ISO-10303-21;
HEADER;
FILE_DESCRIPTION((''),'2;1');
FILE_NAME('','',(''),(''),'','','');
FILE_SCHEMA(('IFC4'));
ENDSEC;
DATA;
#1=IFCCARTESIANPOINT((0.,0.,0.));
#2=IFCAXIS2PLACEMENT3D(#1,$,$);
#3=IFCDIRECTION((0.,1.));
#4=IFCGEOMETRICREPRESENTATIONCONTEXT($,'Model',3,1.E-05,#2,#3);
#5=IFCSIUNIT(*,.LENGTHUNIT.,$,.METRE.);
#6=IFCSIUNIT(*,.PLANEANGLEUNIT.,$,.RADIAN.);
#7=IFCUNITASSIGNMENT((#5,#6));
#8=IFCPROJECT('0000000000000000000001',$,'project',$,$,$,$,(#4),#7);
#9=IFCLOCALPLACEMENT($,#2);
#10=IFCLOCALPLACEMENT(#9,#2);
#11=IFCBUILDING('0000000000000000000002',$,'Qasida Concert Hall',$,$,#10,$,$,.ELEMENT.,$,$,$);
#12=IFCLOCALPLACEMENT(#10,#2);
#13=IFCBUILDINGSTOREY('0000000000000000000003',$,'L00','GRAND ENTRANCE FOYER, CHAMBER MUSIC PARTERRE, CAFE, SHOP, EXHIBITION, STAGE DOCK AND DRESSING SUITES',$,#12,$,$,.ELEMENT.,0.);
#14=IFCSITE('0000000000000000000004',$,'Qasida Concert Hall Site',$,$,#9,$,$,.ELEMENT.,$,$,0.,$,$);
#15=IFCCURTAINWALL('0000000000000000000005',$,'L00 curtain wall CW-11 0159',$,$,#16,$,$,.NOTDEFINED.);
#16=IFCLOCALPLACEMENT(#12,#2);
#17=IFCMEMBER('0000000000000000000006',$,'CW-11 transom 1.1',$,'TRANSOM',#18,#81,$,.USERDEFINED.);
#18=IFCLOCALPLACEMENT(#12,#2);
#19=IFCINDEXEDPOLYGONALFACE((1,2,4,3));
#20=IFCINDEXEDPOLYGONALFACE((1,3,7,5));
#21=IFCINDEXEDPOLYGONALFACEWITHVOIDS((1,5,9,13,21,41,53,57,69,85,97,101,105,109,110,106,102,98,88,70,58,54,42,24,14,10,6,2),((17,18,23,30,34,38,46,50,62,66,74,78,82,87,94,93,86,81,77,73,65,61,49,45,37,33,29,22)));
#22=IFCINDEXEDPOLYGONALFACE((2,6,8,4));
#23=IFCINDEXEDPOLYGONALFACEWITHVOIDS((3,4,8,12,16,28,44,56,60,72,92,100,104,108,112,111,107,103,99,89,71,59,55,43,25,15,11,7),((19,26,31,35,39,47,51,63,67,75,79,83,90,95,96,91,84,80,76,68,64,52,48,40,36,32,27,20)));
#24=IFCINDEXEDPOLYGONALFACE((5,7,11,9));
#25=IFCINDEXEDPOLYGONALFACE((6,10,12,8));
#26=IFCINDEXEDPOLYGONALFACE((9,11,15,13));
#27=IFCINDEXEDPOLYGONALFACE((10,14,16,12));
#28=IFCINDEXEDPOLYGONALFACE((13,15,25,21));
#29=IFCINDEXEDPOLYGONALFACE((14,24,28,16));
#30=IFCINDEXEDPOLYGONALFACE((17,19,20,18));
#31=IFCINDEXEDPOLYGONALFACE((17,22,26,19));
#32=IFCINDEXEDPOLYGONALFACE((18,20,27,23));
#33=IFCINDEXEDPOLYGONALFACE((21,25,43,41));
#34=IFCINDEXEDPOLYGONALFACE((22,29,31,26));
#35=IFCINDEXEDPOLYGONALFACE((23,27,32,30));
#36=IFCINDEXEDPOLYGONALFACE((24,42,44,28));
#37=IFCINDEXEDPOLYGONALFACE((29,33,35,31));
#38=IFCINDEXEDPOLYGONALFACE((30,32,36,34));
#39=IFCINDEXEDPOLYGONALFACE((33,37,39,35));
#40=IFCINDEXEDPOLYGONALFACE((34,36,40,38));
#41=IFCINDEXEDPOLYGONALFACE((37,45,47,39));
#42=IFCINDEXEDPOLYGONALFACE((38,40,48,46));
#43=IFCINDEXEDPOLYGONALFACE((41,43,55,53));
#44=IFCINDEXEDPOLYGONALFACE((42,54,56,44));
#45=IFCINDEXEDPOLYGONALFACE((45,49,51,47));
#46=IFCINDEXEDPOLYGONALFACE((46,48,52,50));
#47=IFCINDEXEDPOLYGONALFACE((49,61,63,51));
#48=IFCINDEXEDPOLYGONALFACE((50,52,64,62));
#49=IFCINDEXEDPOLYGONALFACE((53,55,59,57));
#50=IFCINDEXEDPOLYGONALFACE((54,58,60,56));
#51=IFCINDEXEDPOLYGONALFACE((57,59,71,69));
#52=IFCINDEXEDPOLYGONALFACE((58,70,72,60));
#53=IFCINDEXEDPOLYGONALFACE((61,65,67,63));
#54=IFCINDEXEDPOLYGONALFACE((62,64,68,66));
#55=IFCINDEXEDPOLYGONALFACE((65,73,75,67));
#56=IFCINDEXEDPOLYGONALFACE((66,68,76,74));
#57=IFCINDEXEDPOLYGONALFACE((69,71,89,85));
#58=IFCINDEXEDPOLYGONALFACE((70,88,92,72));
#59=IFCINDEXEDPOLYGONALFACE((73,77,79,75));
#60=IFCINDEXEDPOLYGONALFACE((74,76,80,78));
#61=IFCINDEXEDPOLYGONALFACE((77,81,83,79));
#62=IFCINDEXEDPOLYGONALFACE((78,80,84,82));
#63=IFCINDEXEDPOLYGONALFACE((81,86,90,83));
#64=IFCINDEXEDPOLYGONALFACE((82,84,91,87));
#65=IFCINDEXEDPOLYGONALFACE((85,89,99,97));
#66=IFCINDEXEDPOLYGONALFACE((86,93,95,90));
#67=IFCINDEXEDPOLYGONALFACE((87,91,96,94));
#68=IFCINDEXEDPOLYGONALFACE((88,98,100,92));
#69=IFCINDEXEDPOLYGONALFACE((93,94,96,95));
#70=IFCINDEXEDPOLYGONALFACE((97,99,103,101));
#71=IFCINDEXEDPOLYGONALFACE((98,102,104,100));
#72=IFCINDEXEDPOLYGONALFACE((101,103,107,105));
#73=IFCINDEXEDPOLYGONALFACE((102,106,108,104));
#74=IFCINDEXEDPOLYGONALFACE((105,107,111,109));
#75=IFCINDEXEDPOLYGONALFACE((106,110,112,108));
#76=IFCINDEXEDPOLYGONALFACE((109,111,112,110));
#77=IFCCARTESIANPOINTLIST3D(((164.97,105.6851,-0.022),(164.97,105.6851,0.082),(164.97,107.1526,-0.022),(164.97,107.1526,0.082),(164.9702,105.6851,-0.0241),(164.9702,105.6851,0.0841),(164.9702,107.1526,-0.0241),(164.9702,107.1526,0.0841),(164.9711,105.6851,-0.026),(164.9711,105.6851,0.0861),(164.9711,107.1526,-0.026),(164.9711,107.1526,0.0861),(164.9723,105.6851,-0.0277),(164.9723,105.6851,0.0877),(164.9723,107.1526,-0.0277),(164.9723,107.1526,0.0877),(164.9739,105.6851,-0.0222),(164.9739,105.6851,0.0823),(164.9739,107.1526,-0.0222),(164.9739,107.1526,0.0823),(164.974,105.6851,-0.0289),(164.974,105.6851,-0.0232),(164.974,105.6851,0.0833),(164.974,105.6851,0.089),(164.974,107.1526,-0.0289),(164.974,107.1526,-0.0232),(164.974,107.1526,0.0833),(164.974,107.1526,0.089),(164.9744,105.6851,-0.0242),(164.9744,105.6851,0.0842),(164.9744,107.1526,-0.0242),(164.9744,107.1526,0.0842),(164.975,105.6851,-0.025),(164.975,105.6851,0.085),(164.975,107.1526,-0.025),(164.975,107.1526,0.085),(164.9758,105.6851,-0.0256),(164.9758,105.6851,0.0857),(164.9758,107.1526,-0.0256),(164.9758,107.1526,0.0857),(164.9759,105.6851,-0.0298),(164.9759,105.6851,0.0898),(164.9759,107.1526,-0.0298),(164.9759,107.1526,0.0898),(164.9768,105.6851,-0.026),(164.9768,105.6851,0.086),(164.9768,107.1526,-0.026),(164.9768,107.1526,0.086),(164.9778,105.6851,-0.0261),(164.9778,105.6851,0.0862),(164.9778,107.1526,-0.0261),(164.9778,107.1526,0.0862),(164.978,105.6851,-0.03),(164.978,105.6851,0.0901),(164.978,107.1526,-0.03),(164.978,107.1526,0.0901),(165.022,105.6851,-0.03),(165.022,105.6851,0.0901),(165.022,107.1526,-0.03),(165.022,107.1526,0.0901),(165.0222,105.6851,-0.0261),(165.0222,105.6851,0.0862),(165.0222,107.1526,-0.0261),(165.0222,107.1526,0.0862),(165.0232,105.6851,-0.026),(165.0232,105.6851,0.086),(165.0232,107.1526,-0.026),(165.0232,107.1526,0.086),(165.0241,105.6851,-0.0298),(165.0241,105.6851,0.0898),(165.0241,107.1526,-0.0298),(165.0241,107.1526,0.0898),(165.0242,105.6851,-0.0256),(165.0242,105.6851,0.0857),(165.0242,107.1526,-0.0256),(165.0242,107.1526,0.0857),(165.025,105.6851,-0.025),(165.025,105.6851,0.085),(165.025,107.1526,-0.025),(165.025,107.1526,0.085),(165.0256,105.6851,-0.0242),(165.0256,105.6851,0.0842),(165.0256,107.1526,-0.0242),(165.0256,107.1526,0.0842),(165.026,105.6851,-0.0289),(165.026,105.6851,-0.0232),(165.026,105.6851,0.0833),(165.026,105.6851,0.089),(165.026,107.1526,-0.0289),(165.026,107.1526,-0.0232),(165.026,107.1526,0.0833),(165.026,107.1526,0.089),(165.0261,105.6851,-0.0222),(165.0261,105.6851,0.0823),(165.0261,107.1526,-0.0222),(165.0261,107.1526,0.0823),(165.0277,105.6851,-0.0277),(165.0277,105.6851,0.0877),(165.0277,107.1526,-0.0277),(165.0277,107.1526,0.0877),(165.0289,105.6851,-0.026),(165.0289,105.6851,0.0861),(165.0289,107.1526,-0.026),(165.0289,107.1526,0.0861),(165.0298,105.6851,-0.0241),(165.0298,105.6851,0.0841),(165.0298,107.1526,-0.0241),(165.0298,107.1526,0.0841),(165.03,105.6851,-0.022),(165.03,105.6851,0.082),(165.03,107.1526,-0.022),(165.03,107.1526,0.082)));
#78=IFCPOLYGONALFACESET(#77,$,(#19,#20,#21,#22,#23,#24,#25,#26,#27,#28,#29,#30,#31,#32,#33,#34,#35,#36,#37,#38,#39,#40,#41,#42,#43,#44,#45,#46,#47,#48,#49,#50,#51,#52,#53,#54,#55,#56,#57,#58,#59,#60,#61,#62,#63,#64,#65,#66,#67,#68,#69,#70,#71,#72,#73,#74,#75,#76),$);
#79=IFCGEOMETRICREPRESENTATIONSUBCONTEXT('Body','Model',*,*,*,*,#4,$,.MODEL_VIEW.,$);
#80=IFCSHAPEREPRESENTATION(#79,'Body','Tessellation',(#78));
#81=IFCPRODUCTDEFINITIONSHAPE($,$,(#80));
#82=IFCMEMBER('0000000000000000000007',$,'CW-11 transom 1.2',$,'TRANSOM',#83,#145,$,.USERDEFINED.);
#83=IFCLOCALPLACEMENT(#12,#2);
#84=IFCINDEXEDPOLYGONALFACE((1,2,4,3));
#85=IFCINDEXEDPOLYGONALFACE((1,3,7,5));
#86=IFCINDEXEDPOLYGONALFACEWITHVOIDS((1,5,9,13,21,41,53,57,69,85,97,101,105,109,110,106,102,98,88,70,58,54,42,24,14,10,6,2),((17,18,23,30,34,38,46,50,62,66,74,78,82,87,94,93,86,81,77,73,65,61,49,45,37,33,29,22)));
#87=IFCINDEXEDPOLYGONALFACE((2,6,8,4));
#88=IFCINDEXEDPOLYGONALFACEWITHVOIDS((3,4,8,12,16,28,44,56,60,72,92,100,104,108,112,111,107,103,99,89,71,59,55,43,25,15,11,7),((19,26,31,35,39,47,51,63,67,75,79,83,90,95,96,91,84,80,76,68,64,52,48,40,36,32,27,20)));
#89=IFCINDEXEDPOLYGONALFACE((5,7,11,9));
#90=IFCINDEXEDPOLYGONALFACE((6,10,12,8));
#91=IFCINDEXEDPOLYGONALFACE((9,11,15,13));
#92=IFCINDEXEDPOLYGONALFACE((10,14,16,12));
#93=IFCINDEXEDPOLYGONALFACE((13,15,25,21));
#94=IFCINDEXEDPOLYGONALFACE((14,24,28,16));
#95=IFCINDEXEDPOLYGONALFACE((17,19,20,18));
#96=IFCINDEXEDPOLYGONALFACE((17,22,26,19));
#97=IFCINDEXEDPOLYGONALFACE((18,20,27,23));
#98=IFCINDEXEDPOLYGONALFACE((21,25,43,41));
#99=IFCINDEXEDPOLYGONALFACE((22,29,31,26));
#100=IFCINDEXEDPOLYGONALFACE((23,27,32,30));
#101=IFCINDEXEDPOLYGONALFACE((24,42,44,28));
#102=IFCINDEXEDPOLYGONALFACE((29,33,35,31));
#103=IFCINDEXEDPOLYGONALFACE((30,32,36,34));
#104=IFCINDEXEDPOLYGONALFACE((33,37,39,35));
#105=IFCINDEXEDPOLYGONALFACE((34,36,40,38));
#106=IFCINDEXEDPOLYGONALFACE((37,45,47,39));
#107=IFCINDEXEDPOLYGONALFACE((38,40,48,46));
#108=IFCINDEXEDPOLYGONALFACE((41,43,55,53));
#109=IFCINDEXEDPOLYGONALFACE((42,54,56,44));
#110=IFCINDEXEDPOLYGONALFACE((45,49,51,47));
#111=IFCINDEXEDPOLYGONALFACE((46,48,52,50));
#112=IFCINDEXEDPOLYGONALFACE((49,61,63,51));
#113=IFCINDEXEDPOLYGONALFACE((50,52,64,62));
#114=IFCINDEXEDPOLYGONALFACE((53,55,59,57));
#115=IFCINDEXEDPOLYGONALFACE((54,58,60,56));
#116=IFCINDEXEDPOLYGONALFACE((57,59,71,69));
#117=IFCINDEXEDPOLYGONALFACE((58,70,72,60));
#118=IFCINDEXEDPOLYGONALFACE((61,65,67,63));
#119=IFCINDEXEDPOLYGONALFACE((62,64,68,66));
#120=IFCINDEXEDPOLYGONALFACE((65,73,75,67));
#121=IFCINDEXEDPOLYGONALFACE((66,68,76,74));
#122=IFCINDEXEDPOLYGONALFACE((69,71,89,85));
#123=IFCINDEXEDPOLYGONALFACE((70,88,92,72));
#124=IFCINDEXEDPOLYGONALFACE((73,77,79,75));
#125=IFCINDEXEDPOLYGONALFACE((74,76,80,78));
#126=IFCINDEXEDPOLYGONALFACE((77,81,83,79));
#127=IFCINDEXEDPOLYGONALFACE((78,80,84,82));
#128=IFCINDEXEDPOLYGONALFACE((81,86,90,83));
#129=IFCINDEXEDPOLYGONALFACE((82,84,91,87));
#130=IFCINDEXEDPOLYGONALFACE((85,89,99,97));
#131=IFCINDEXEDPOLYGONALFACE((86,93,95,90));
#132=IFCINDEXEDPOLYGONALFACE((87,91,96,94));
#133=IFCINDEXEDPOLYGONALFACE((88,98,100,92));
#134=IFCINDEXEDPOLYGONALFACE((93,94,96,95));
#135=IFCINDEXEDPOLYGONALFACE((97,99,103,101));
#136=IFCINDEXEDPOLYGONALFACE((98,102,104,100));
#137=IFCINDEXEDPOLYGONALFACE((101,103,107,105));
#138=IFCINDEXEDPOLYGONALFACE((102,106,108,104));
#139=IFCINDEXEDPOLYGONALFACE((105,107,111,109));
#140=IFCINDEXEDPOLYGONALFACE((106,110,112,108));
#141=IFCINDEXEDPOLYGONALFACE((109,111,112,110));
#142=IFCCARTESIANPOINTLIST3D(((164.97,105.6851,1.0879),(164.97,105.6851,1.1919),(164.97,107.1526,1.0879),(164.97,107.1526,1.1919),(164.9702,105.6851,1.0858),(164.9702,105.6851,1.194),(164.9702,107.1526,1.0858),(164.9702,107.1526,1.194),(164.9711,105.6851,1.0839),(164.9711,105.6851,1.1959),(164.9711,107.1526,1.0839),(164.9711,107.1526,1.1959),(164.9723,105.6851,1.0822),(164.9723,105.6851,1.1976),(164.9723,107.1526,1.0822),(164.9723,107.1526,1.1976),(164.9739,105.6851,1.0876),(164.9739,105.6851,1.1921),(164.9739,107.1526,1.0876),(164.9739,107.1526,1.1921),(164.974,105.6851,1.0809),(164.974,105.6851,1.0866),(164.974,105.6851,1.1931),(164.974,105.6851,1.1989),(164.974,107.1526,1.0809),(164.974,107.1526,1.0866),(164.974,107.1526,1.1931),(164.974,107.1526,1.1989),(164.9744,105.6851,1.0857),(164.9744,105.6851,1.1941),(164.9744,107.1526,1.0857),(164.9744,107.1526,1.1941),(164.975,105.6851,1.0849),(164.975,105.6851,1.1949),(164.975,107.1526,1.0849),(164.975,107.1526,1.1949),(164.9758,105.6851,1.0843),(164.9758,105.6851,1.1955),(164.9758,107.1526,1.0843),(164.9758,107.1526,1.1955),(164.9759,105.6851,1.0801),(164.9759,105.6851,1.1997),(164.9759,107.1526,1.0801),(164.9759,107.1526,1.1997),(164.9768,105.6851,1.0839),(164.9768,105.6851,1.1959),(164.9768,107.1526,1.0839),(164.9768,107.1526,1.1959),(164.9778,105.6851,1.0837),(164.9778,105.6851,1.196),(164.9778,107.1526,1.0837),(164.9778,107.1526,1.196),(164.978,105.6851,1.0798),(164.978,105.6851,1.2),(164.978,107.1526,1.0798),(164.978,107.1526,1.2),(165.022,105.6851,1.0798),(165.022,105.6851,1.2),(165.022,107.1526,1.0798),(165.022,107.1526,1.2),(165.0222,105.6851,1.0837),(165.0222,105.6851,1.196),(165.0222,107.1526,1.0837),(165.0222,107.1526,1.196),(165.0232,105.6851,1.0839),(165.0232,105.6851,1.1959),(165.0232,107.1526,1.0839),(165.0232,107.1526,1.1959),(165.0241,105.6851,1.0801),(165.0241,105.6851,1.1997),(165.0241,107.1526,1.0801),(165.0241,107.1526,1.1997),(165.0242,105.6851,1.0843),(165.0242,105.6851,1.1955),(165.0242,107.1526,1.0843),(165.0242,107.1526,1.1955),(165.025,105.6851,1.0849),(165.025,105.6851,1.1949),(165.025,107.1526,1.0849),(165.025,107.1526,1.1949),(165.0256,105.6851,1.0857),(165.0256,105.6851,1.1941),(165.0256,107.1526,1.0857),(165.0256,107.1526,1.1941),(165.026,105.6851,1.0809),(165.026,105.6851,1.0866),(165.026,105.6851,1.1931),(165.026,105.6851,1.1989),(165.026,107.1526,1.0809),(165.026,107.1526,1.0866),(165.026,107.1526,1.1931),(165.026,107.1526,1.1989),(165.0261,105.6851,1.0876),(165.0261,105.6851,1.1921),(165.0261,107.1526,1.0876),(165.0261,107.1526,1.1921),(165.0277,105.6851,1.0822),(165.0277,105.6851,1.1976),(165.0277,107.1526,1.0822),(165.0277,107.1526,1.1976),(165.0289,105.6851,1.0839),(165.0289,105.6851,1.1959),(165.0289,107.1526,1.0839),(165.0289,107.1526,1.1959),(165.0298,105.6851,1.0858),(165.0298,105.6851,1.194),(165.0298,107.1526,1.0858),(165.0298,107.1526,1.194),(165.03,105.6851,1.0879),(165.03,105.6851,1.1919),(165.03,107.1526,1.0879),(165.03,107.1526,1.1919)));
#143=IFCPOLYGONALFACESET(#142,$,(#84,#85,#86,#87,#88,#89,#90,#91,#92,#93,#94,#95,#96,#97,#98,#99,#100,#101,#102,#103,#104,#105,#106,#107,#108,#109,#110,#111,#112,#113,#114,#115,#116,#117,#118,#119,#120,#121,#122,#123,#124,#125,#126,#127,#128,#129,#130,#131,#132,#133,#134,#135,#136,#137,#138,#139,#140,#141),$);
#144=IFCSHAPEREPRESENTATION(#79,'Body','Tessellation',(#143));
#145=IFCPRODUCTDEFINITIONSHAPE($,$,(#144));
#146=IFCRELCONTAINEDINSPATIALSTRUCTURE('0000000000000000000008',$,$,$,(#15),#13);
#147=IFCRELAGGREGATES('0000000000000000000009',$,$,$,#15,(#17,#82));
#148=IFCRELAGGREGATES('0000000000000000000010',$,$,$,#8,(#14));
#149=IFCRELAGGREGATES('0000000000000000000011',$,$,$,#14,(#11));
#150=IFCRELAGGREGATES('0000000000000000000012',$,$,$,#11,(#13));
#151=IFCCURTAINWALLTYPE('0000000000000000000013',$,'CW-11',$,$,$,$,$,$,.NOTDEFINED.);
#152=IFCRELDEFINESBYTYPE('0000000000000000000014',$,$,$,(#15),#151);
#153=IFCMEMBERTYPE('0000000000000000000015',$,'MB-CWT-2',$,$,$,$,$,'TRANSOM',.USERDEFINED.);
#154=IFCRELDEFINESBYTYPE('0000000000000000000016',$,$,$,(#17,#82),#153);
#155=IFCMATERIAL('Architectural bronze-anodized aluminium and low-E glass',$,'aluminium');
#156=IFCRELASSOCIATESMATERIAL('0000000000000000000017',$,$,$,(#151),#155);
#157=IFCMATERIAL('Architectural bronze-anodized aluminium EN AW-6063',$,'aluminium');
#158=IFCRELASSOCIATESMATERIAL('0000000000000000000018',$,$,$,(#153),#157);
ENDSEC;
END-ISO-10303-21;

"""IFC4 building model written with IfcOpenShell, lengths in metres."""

from ifc_helpers import new_model, si_unit, direction, frame, origin, origin_2d, place, context, subcontext, project, spatial, hollow_rectangle, extrude, material, material_profile, profile_set, type_object, element, aggregate, save


model = new_model("IFC4")

# Units and contexts
model_context = context("Model", 3, precision=1e-05, world=origin(), true_north=direction((0.0, 1.0)))
body_context = subcontext(model_context, "Body", "Model", "MODEL_VIEW")
ifc_project = project(units=[si_unit("LENGTHUNIT", "METRE"), si_unit("PLANEANGLEUNIT", "RADIAN")], contexts=[model_context])

# Site, building, storey
site_placement = place(None, origin())
site = spatial("IfcSite", under=ifc_project, at=site_placement, Name="Qasida Concert Hall Site", CompositionType="ELEMENT", RefElevation=0.0)
building_placement = place(site_placement, origin())
building = spatial("IfcBuilding", under=site, at=building_placement, Name="Qasida Concert Hall", CompositionType="ELEMENT")
storey_placement = place(building_placement, origin())
storey = spatial("IfcBuildingStorey", under=building, at=storey_placement, Name="L00", Description="GRAND ENTRANCE FOYER, CHAMBER MUSIC PARTERRE, CAFE, SHOP, EXHIBITION, STAGE DOCK AND DRESSING SUITES", CompositionType="ELEMENT", Elevation=0.0)

# Curtain wall, members
ifc_material_1 = material(Name="Architectural bronze-anodized aluminium and low-E glass", Category="aluminium")
curtain_wall_type = type_object("IfcCurtainWallType", Name="CW-11", PredefinedType="NOTDEFINED", material=ifc_material_1)
curtain_wall_placement = place(storey_placement, origin())
curtain_wall = element("IfcCurtainWall", 1, at=curtain_wall_placement, inside=storey, type_object=curtain_wall_type, Name="L00 curtain wall CW-11 0159", PredefinedType="NOTDEFINED")
ifc_material_2 = material(Name="Architectural bronze-anodized aluminium EN AW-6063", Category="aluminium")
ifc_material_profile_1 = material_profile(ifc_material_2, hollow_rectangle(XDim=0.0601, YDim=0.1201, WallThickness=0.0039, InnerFilletRadius=0.0039, OuterFilletRadius=0.0081, at=origin_2d()), Name="CWT 120x60x4")
ifc_profile_set_1 = profile_set([ifc_material_profile_1], Name="Architectural bronze-anodized aluminium EN AW-6063")
member_type_1 = type_object("IfcMemberType", Name="MB-CWT-2", ElementType="TRANSOM", PredefinedType="USERDEFINED", material=ifc_profile_set_1)
member_1_placement = place(storey_placement, frame((165.0, 105.6851, 0.03), z_axis=(0.0, 1.0, 0.0), x_axis=(-1.0, 0.0, 0.0)))
member_1 = element("IfcMember", 2, at=member_1_placement, type_object=member_type_1, Name="CW-11 transom 1.1", ObjectType="TRANSOM", PredefinedType="USERDEFINED", context=body_context, shape_type="SweptSolid", body=[
    extrude(hollow_rectangle(XDim=0.0601, YDim=0.1201, WallThickness=0.0039, InnerFilletRadius=0.0039, OuterFilletRadius=0.0081, at=origin_2d()), origin(), (0.0, 0.0, 1.0), 1.4675),
])
member_2_placement = place(storey_placement, frame((165.0, 105.6851, 1.1399), z_axis=(0.0, 1.0, 0.0), x_axis=(-1.0, 0.0, 0.0)))
member_2 = element("IfcMember", 3, at=member_2_placement, type_object=member_type_1, Name="CW-11 transom 1.2", ObjectType="TRANSOM", PredefinedType="USERDEFINED", context=body_context, shape_type="SweptSolid", body=[
    extrude(hollow_rectangle(XDim=0.0601, YDim=0.1201, WallThickness=0.0039, InnerFilletRadius=0.0039, OuterFilletRadius=0.0081, at=origin_2d()), origin(), (0.0, 0.0, 1.0), 1.4675),
])
aggregate(curtain_wall, [member_1, member_2])

save(model, "model.ifc")
